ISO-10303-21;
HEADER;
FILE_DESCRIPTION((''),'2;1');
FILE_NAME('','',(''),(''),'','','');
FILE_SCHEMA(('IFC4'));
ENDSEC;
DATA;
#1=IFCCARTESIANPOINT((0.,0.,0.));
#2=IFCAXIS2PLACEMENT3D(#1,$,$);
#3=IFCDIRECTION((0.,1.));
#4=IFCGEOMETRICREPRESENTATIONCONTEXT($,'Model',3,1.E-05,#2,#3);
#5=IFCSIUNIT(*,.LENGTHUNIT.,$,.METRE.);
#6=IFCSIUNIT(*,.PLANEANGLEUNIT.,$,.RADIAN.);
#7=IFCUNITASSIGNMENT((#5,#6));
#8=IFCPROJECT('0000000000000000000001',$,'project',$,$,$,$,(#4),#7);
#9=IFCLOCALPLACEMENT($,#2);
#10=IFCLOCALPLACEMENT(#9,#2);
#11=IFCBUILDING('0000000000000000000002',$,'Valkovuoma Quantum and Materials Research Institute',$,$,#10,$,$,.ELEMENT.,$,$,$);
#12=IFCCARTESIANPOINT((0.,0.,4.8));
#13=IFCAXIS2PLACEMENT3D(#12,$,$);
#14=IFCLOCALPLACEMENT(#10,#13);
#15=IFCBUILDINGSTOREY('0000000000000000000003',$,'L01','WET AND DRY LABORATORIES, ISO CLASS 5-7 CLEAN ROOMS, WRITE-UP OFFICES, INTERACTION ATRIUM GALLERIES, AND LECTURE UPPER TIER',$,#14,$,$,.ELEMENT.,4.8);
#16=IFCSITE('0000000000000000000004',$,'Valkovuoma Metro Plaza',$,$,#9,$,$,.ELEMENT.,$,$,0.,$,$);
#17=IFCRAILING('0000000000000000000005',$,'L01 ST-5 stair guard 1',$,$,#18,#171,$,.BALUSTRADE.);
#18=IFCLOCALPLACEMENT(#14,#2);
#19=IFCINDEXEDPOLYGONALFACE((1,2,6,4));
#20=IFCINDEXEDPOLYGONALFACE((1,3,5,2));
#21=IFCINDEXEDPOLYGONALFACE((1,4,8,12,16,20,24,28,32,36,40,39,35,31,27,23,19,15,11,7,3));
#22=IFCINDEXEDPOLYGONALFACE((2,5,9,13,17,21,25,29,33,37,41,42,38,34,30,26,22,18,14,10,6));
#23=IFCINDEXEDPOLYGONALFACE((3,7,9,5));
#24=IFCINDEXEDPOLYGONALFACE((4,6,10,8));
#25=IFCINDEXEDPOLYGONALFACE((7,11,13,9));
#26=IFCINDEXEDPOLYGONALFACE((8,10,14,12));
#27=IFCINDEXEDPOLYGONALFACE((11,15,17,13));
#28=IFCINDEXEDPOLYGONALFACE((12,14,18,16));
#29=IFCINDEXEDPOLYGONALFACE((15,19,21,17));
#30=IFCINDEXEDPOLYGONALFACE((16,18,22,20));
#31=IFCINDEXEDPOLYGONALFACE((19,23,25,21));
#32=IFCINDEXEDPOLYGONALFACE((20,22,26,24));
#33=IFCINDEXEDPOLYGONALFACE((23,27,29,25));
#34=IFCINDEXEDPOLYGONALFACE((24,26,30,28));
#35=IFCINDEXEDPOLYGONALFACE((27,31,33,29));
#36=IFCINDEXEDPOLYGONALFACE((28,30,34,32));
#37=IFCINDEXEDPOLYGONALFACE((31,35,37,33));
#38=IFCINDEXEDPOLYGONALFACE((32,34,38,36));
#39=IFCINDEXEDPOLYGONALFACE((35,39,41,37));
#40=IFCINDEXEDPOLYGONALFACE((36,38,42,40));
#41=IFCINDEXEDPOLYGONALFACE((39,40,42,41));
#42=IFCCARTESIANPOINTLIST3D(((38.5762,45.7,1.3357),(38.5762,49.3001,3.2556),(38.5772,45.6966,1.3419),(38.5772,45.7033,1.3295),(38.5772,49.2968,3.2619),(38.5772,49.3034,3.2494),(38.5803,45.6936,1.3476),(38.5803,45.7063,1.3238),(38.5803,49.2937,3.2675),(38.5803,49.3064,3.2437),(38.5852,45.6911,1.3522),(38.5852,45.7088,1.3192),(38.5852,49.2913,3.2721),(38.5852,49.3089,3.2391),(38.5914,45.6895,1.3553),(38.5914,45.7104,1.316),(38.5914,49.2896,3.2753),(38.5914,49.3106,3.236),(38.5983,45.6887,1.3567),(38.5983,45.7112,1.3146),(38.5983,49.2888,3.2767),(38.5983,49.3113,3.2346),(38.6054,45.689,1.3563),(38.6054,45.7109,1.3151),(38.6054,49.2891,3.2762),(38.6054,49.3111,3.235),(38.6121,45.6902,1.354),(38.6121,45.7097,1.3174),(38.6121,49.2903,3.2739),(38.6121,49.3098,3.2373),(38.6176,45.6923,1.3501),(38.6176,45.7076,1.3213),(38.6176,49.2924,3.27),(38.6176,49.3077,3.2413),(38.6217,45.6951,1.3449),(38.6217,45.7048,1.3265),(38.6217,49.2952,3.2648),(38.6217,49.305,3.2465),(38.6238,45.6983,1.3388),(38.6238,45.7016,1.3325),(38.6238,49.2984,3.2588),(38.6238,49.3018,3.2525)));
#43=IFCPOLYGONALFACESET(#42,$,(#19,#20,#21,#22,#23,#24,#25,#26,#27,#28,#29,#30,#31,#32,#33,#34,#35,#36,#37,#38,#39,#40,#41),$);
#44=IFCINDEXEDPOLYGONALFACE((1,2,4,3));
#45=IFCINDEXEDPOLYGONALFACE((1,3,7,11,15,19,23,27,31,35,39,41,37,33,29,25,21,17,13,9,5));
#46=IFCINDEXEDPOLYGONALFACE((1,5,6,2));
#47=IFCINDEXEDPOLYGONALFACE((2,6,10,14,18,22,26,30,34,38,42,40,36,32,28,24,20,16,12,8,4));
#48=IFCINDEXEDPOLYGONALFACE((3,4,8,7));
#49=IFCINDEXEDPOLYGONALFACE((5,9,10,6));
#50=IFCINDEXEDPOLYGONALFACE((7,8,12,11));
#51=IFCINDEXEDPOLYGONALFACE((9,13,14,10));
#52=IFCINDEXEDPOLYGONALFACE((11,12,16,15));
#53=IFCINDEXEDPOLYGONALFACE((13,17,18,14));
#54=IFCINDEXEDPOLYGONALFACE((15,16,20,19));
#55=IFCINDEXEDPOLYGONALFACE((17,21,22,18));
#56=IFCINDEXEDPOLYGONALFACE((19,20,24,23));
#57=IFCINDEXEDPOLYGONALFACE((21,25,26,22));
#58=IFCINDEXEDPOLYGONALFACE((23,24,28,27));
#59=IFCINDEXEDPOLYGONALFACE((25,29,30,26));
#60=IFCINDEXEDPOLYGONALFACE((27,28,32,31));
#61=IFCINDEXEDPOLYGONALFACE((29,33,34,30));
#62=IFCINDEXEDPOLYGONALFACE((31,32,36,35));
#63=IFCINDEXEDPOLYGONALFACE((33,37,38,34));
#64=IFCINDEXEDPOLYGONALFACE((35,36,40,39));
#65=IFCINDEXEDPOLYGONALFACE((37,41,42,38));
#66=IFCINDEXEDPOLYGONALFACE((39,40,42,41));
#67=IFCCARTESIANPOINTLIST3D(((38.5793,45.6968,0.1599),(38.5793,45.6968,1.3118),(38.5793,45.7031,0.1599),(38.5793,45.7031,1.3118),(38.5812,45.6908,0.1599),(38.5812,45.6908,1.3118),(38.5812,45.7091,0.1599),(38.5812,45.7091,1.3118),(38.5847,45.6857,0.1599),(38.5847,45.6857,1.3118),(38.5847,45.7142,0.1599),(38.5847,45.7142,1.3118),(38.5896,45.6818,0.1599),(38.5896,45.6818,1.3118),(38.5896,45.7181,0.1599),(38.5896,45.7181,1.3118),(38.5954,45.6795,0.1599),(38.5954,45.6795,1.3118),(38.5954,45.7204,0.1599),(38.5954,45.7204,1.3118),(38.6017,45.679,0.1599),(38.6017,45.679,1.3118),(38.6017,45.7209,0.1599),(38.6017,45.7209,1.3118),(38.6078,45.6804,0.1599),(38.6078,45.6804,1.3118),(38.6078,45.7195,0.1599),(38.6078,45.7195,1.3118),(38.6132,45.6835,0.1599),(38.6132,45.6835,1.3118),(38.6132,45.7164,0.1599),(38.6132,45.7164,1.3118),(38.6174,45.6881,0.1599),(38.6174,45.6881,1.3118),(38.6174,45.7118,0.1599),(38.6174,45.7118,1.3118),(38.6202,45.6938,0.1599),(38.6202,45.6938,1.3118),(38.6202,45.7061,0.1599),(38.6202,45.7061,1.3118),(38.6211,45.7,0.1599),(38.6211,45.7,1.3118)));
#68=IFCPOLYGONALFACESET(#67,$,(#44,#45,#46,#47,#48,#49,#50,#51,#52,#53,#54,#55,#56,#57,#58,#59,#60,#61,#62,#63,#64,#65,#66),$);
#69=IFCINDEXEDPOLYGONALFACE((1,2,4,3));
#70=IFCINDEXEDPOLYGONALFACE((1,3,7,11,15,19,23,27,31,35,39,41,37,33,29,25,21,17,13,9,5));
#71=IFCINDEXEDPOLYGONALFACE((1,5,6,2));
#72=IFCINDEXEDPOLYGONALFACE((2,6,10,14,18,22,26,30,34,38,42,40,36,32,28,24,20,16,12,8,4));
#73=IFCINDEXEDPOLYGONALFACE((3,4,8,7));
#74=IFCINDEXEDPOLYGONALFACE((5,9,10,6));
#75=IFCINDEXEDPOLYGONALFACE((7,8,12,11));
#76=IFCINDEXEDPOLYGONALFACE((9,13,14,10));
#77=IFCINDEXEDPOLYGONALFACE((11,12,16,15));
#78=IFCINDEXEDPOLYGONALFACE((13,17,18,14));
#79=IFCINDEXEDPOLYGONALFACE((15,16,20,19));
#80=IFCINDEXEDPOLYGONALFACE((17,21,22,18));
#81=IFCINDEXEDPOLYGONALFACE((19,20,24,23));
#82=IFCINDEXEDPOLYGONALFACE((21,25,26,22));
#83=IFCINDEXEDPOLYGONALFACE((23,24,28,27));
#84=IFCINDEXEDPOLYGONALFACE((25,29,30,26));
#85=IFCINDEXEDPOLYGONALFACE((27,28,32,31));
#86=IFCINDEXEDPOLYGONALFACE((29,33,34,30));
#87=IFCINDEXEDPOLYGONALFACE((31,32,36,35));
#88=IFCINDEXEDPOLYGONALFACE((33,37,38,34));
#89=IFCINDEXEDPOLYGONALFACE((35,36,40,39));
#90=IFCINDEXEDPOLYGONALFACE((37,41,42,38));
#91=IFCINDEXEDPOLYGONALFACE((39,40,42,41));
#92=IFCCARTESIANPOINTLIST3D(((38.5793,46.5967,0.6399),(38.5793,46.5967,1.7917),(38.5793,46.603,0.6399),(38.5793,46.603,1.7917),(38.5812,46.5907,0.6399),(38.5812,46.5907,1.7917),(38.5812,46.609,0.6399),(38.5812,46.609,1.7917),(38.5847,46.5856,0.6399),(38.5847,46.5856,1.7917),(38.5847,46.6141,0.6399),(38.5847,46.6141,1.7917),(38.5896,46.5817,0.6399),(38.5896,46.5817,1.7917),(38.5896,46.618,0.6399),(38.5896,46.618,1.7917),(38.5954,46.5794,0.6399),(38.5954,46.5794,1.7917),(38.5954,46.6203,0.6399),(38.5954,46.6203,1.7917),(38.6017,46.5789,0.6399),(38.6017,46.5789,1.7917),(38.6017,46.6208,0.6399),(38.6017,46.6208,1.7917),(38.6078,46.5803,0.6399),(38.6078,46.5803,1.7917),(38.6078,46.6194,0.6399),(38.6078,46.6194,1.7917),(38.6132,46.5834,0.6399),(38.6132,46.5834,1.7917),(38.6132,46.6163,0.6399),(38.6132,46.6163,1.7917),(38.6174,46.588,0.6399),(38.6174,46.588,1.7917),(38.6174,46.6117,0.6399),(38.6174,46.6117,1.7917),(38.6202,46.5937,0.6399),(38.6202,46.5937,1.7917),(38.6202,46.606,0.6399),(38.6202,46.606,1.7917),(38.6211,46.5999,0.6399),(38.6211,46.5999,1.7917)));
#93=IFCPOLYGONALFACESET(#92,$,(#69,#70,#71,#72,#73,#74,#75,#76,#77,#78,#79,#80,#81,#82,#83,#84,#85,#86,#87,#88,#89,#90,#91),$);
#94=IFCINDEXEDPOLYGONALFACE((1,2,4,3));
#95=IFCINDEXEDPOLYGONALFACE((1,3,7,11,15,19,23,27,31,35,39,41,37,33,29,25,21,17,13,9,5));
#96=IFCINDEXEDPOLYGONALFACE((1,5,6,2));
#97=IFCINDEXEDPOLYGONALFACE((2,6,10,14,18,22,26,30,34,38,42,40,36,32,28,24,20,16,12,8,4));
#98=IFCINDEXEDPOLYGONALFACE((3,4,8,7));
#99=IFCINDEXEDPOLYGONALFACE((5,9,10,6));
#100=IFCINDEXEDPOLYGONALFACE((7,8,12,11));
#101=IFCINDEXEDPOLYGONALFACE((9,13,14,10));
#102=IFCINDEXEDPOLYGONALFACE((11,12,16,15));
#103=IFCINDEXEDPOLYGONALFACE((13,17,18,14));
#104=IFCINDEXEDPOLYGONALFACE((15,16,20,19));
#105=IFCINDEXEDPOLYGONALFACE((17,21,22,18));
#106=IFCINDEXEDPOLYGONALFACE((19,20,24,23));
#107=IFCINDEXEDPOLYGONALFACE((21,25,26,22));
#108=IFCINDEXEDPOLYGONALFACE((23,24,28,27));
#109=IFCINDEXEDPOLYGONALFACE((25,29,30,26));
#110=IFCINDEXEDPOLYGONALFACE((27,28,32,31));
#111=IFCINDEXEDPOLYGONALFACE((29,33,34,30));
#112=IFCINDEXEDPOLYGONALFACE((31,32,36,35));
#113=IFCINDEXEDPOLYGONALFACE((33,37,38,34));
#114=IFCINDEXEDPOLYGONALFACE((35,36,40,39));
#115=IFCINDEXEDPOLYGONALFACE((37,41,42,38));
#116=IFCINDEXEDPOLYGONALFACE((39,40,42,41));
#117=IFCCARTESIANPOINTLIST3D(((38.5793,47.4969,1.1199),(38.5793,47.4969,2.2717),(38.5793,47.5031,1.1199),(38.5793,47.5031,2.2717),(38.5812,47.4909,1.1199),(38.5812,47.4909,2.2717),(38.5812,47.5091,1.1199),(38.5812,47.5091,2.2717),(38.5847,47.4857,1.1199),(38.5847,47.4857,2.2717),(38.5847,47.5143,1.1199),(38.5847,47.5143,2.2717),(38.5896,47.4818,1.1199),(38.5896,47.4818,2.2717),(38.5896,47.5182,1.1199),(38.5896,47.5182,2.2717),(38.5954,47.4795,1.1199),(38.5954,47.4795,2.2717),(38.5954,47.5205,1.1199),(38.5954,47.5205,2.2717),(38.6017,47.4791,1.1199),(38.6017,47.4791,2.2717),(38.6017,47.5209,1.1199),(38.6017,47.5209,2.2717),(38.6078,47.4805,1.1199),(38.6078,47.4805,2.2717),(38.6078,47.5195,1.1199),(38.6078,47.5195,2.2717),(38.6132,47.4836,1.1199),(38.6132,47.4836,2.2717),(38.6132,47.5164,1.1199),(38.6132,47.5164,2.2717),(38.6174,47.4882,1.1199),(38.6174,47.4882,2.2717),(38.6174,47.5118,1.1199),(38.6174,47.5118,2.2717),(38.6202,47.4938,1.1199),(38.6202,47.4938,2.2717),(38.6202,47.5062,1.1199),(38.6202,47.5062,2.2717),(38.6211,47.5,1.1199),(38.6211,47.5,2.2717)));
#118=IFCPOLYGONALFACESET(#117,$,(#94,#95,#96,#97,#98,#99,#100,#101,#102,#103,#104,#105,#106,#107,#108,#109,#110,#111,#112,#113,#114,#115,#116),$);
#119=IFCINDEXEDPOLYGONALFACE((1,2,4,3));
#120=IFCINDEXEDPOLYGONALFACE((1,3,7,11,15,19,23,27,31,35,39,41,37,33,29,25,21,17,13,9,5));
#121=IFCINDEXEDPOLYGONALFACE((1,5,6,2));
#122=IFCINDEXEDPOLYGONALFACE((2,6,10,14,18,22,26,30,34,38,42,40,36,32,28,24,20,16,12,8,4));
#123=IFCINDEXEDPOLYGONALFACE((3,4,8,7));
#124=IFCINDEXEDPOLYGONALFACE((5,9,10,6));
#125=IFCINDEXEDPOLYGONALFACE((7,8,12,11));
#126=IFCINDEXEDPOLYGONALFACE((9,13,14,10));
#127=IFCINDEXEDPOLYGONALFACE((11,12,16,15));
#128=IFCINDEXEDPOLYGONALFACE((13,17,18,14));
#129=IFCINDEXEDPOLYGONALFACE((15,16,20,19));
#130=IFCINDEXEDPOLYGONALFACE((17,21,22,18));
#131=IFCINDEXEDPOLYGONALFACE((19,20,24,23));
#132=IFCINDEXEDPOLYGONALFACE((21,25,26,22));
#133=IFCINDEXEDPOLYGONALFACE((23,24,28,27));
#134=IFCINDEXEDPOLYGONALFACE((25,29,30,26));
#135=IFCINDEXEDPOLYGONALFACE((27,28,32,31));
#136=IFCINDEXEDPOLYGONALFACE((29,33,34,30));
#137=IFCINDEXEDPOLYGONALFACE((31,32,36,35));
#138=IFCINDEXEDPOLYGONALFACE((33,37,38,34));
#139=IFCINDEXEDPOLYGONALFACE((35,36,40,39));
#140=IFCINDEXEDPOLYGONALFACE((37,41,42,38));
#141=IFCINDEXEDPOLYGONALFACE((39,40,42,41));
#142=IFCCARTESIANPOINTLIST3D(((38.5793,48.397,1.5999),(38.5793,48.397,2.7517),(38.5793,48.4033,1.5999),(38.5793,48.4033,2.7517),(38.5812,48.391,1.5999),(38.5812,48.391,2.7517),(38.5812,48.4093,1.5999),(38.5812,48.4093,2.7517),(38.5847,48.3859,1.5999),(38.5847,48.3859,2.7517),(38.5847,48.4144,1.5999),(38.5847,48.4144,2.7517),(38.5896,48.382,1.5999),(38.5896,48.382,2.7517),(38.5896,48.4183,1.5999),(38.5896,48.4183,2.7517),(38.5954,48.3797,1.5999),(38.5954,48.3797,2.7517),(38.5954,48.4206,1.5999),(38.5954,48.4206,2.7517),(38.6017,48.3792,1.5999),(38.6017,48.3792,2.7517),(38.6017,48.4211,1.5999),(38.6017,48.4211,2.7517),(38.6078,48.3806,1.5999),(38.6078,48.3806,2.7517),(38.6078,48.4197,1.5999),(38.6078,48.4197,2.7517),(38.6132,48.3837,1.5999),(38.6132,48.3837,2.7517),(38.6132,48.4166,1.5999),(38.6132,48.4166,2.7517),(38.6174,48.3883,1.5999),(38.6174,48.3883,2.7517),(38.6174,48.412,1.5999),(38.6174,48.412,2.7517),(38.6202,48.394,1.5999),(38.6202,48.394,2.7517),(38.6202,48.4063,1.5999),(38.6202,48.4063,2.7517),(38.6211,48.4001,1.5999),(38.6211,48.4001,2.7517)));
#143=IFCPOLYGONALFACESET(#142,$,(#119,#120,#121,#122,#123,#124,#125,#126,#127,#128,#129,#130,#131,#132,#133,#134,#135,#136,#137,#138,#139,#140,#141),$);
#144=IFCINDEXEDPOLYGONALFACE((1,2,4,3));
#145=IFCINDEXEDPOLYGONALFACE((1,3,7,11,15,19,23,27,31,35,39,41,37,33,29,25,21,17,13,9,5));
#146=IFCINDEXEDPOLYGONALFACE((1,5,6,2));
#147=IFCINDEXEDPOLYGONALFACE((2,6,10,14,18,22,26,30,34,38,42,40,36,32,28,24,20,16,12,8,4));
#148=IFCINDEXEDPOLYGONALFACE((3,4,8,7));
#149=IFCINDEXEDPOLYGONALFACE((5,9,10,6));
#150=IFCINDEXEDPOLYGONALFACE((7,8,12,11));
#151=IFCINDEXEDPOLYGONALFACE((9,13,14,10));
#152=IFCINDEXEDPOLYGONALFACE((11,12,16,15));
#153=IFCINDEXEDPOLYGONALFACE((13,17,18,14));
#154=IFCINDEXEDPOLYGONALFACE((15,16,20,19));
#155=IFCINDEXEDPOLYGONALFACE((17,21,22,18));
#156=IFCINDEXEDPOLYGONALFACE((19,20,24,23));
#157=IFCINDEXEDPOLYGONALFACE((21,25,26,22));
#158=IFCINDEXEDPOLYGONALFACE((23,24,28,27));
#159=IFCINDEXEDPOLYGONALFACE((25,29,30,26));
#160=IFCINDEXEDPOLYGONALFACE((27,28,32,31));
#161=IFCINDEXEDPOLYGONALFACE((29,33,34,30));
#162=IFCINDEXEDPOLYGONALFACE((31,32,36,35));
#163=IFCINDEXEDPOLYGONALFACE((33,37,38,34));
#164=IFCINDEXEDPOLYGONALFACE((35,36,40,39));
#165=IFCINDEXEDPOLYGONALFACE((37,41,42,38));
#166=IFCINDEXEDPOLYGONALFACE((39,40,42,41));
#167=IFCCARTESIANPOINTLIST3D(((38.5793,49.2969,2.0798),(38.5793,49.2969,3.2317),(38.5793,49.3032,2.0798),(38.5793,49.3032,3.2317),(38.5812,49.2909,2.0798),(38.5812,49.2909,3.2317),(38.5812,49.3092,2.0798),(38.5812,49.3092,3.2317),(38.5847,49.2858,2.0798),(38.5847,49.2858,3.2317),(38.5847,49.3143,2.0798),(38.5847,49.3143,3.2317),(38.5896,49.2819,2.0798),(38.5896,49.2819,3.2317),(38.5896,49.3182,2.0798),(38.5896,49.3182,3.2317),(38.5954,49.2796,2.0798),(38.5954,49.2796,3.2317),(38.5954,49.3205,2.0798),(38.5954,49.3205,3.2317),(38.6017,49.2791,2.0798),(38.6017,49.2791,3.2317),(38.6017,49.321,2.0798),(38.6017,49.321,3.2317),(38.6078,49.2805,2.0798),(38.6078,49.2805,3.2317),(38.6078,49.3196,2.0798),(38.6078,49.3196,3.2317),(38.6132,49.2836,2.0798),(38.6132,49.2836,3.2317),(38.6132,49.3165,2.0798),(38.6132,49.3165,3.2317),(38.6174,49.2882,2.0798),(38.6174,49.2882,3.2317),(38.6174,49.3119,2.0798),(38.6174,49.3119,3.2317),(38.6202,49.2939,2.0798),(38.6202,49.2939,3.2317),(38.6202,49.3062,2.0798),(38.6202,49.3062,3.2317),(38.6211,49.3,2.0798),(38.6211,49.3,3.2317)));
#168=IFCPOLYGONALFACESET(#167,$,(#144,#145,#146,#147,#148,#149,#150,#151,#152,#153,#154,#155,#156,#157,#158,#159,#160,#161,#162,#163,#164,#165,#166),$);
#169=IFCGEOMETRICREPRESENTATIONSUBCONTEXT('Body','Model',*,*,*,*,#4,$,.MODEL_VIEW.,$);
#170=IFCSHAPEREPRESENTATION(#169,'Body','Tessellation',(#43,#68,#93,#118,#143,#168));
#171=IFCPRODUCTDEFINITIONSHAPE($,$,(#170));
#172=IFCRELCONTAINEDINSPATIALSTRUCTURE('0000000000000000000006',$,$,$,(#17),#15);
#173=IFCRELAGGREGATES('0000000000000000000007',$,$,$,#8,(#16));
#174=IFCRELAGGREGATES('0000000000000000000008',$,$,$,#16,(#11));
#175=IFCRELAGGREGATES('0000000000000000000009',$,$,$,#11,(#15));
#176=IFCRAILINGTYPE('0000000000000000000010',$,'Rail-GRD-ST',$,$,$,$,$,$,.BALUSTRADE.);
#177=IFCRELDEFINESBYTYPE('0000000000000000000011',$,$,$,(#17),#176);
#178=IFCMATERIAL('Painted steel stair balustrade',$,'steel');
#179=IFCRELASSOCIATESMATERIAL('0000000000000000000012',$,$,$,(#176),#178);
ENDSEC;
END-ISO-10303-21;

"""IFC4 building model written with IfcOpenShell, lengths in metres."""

from ifc_helpers import new_model, si_unit, direction, frame, origin, origin_2d, place, context, subcontext, project, spatial, circle, extrude, material, type_object, element, save


model = new_model("IFC4")

# Units and contexts
model_context = context("Model", 3, precision=1e-05, world=origin(), true_north=direction((0.0, 1.0)))
body_context = subcontext(model_context, "Body", "Model", "MODEL_VIEW")
ifc_project = project(units=[si_unit("LENGTHUNIT", "METRE"), si_unit("PLANEANGLEUNIT", "RADIAN")], contexts=[model_context])

# Site, building, storey
site_placement = place(None, origin())
site = spatial("IfcSite", under=ifc_project, at=site_placement, Name="Valkovuoma Metro Plaza", CompositionType="ELEMENT", RefElevation=0.0)
building_placement = place(site_placement, origin())
building = spatial("IfcBuilding", under=site, at=building_placement, Name="Valkovuoma Quantum and Materials Research Institute", CompositionType="ELEMENT")
storey_placement = place(building_placement, frame((0.0, 0.0, 4.8)))
storey = spatial("IfcBuildingStorey", under=building, at=storey_placement, Name="L01", Description="WET AND DRY LABORATORIES, ISO CLASS 5-7 CLEAN ROOMS, WRITE-UP OFFICES, INTERACTION ATRIUM GALLERIES, AND LECTURE UPPER TIER", CompositionType="ELEMENT", Elevation=4.8)

# Railing
ifc_material_1 = material(Name="Painted steel stair balustrade", Category="steel")
railing_type_1 = type_object("IfcRailingType", Name="Rail-GRD-ST", PredefinedType="BALUSTRADE", material=ifc_material_1)
railing_1_placement = place(storey_placement, frame((38.6001, 45.7, 0.1599)))
element("IfcRailing", 1, at=railing_1_placement, inside=storey, type_object=railing_type_1, Name="L01 ST-5 stair guard 1", PredefinedType="BALUSTRADE", context=body_context, shape_type="SweptSolid", body=[
    extrude(circle(Radius=0.0239, at=origin_2d()), frame((0.0, 0.0, 1.1758), z_axis=(0.0, 0.882366, 0.470563), x_axis=(-1.0, 0.0, 0.0)), (0.0, 0.0, 1.0), 4.0801),
    extrude(circle(Radius=0.021, at=origin_2d()), origin(), (0.0, 0.0, 1.0), 1.1519),
    extrude(circle(Radius=0.021, at=origin_2d()), frame((0.0, 0.8999, 0.48)), (0.0, 0.0, 1.0), 1.1519),
    extrude(circle(Radius=0.021, at=origin_2d()), frame((0.0, 1.8, 0.96)), (0.0, 0.0, 1.0), 1.1519),
    extrude(circle(Radius=0.021, at=origin_2d()), frame((0.0, 2.7002, 1.4399)), (0.0, 0.0, 1.0), 1.1519),
    extrude(circle(Radius=0.021, at=origin_2d()), frame((0.0, 3.6001, 1.9199)), (0.0, 0.0, 1.0), 1.1519),
])

save(model, "model.ifc")
